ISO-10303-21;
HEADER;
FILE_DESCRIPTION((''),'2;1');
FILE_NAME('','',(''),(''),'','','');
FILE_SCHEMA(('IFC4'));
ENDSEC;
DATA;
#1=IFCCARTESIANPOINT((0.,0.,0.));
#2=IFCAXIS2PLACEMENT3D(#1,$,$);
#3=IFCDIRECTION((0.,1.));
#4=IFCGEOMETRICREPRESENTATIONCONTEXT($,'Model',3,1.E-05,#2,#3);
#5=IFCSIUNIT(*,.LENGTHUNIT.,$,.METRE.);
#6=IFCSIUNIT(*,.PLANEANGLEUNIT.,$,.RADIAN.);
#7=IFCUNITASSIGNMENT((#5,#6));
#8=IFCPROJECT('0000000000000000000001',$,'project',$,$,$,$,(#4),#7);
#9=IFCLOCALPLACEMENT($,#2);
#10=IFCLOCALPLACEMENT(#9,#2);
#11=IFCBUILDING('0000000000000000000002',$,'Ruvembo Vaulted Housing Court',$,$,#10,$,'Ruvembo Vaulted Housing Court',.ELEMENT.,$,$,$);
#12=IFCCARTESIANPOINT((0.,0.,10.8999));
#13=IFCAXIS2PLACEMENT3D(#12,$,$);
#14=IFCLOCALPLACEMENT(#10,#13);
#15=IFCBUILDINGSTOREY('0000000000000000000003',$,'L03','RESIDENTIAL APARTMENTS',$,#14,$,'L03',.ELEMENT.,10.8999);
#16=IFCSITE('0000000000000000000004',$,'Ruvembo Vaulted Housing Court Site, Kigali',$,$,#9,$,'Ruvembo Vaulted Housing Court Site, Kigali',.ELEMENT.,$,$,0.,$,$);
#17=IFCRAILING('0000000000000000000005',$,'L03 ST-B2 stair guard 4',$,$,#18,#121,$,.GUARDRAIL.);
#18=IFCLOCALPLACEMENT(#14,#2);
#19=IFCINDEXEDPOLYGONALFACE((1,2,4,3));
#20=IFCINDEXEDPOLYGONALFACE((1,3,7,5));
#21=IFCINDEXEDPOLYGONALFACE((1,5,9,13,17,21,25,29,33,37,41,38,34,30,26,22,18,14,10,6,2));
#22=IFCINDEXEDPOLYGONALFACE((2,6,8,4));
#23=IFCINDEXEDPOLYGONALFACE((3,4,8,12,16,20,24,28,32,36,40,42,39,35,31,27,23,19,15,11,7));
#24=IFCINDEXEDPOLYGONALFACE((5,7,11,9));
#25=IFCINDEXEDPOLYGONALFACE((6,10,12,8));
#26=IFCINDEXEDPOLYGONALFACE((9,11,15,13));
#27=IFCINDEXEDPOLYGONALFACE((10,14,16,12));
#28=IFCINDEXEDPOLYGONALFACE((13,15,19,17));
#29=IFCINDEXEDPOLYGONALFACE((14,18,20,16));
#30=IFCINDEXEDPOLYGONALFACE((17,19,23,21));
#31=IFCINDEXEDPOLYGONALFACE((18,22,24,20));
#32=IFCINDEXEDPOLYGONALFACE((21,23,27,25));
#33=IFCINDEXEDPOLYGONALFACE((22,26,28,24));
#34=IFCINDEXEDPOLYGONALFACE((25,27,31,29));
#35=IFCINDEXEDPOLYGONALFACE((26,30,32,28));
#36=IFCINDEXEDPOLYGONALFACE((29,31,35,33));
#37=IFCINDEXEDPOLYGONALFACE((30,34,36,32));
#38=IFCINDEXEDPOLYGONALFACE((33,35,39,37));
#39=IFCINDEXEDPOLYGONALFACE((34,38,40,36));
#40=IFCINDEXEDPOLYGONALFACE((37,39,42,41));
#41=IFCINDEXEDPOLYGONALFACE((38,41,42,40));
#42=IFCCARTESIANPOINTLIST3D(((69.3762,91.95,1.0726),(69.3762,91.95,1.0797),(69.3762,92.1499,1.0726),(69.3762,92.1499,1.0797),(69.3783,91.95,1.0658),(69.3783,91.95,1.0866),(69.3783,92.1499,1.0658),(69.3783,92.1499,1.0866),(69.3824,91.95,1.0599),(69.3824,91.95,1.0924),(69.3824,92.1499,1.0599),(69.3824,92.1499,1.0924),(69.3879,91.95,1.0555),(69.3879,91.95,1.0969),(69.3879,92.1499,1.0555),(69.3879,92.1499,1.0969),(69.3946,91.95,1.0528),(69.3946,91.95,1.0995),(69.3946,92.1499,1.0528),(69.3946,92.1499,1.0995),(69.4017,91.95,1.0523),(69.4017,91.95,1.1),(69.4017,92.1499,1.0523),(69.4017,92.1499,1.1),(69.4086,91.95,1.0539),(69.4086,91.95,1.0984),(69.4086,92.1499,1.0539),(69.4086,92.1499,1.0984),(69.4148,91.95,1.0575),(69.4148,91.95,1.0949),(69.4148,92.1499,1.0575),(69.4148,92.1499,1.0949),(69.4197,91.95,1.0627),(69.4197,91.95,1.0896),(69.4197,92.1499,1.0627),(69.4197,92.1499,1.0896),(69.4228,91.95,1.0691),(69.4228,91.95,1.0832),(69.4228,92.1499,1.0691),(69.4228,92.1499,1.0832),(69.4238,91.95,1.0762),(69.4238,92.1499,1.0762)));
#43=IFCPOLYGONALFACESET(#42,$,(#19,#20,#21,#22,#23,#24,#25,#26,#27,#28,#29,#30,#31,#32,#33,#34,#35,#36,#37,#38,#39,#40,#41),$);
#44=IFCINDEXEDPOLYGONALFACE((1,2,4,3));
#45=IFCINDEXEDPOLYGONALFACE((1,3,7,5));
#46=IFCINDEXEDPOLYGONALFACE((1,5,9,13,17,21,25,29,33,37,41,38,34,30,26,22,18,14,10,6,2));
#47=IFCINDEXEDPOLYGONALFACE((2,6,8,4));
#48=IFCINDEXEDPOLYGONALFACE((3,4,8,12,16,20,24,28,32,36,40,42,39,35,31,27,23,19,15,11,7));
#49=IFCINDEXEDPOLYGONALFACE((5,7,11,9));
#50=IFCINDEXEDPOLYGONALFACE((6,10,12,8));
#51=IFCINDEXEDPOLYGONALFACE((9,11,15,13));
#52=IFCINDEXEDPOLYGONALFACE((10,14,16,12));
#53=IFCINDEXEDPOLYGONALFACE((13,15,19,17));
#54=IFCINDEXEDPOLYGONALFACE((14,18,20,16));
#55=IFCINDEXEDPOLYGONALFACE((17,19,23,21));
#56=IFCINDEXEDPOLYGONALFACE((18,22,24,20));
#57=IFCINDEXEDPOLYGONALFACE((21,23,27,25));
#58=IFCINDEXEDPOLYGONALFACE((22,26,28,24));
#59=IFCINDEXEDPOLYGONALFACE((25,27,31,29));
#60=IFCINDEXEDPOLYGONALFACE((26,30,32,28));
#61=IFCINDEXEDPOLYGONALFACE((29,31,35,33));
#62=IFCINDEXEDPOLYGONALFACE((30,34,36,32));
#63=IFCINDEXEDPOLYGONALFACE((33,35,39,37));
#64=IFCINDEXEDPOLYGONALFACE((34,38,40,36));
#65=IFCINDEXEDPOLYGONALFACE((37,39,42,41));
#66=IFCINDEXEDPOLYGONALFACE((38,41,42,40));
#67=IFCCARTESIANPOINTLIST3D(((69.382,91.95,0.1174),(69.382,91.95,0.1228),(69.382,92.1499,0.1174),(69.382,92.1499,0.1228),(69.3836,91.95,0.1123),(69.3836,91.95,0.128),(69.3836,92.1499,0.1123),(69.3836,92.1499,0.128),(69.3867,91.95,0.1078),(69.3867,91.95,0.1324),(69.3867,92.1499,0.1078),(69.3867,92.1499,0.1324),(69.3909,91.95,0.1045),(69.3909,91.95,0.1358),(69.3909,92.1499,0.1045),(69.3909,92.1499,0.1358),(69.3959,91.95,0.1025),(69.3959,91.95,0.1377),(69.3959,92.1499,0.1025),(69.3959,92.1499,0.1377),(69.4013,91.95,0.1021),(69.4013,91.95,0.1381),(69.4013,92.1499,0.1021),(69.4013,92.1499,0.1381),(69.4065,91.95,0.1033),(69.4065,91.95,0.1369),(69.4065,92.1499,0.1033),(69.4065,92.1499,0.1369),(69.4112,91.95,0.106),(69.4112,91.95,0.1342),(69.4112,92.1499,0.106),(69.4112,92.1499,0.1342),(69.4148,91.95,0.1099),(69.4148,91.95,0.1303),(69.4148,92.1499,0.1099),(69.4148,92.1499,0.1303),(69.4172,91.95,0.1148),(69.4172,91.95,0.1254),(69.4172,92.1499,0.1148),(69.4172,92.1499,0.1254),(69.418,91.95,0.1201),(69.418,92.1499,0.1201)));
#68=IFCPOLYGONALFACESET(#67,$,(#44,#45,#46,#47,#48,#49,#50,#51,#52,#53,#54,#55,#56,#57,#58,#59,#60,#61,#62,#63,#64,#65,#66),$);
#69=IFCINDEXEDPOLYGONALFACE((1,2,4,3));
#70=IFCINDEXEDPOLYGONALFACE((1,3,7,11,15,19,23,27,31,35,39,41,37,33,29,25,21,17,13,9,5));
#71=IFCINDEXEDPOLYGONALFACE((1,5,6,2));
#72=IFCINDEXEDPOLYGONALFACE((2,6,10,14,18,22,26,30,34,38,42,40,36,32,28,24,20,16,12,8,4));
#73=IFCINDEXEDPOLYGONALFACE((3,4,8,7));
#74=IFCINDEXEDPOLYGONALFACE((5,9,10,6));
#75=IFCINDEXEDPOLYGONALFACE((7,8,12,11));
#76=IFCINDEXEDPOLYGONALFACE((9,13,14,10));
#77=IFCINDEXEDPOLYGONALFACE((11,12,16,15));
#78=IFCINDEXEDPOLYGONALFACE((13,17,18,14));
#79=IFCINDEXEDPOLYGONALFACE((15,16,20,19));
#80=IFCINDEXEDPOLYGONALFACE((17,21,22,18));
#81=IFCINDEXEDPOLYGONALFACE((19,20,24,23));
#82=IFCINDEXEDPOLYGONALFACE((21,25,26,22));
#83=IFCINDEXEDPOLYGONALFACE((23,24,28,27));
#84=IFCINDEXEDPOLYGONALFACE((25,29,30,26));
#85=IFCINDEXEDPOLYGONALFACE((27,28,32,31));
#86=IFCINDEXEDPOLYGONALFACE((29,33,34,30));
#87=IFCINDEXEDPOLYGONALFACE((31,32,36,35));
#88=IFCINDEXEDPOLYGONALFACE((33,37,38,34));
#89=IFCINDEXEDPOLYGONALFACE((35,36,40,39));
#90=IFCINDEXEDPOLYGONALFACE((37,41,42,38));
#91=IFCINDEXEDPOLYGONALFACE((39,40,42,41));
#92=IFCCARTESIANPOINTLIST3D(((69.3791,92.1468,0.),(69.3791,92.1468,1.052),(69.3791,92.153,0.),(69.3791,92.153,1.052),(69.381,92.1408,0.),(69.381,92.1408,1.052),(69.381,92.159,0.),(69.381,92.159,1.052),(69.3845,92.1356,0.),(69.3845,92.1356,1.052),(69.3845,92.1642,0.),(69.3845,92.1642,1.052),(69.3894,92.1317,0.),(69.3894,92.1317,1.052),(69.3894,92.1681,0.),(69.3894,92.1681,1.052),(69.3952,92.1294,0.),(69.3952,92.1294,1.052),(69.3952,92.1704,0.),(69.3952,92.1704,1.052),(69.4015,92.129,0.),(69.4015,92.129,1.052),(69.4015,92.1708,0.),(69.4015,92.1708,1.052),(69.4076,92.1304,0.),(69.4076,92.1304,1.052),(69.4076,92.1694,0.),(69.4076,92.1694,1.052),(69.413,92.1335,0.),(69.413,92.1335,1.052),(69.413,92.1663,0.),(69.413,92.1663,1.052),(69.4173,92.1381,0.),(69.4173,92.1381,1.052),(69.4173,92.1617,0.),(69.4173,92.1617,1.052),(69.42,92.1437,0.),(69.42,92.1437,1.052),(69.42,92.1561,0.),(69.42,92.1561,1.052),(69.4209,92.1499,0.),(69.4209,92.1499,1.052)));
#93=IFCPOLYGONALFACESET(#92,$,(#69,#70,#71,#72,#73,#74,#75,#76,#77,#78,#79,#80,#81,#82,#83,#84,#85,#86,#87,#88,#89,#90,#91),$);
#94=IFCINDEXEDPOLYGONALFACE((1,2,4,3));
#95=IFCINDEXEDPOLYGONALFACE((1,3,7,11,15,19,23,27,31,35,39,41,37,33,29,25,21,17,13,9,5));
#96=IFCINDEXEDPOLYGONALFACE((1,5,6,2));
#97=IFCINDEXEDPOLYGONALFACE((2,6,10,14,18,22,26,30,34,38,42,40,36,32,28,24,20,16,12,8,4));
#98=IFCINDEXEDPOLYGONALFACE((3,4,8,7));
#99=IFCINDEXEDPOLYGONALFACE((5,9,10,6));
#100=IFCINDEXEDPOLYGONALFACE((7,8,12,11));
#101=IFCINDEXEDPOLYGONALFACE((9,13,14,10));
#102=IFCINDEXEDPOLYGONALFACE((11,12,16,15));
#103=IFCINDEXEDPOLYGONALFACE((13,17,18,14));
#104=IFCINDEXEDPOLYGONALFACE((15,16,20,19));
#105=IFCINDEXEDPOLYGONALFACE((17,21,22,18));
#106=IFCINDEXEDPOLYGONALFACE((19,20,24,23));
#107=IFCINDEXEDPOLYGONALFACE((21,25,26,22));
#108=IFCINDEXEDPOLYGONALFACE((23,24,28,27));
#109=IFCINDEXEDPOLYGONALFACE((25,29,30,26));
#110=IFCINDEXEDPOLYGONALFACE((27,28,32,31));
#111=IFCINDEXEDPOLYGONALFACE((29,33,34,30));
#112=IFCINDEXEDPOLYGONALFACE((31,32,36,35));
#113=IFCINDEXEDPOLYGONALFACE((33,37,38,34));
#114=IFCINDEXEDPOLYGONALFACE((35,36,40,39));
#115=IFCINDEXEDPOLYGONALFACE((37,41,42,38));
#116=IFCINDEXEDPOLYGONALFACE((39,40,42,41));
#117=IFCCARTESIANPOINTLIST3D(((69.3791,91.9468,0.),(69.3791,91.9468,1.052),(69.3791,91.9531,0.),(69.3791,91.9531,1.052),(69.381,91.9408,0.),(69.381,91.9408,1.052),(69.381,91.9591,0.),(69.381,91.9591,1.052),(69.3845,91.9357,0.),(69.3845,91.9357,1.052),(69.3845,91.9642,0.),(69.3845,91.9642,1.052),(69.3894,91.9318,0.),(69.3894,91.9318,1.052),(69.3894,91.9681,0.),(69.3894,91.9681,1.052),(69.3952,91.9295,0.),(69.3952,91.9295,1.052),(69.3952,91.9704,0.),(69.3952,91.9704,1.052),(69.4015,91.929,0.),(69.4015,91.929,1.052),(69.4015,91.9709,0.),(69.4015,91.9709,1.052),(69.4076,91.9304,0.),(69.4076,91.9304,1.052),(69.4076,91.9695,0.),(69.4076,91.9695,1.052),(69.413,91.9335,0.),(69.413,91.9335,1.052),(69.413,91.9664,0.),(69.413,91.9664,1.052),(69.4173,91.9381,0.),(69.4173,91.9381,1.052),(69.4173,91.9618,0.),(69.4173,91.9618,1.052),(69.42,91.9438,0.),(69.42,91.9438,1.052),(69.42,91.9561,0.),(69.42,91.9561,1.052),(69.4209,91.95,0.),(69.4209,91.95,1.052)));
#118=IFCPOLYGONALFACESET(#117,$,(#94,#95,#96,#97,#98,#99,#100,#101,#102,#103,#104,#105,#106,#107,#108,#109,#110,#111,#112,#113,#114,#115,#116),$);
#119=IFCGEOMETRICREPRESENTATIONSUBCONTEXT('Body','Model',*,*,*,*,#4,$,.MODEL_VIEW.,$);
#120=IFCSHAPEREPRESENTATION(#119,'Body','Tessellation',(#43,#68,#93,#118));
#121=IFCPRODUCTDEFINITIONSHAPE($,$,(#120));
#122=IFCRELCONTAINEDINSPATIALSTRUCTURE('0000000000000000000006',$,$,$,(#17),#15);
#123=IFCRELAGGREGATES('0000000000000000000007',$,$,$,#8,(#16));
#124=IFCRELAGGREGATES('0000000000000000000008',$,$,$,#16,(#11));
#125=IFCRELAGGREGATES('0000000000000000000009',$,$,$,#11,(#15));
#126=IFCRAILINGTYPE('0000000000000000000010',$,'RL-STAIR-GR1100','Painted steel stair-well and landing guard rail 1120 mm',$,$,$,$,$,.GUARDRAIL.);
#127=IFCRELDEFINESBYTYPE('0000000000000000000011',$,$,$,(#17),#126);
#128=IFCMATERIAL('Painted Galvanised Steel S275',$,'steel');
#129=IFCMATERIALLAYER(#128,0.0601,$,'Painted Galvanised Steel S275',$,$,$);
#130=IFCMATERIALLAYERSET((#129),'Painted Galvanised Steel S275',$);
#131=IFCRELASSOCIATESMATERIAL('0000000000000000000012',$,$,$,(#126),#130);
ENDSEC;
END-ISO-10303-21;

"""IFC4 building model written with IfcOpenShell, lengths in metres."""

from ifc_helpers import new_model, si_unit, direction, frame, origin, origin_2d, place, context, subcontext, project, spatial, circle, extrude, material, layer, layer_set, type_object, element, save


model = new_model("IFC4")

# Units and contexts
model_context = context("Model", 3, precision=1e-05, world=origin(), true_north=direction((0.0, 1.0)))
body_context = subcontext(model_context, "Body", "Model", "MODEL_VIEW")
ifc_project = project(units=[si_unit("LENGTHUNIT", "METRE"), si_unit("PLANEANGLEUNIT", "RADIAN")], contexts=[model_context])

# Site, building, storey
site_placement = place(None, origin())
site = spatial("IfcSite", under=ifc_project, at=site_placement, Name="Ruvembo Vaulted Housing Court Site, Kigali", LongName="Ruvembo Vaulted Housing Court Site, Kigali", CompositionType="ELEMENT", RefElevation=0.0)
building_placement = place(site_placement, origin())
building = spatial("IfcBuilding", under=site, at=building_placement, Name="Ruvembo Vaulted Housing Court", LongName="Ruvembo Vaulted Housing Court", CompositionType="ELEMENT")
storey_placement = place(building_placement, frame((0.0, 0.0, 10.8999)))
storey = spatial("IfcBuildingStorey", under=building, at=storey_placement, Name="L03", Description="RESIDENTIAL APARTMENTS", LongName="L03", CompositionType="ELEMENT", Elevation=10.8999)

# Railing
ifc_material_1 = material(Name="Painted Galvanised Steel S275", Category="steel")
ifc_layer_1 = layer(ifc_material_1, 0.0601, Name="Painted Galvanised Steel S275")
ifc_layer_set_1 = layer_set([ifc_layer_1], Name="Painted Galvanised Steel S275")
railing_type_1 = type_object("IfcRailingType", Name="RL-STAIR-GR1100", Description="Painted steel stair-well and landing guard rail 1120 mm", PredefinedType="GUARDRAIL", material=ifc_layer_set_1)
railing_1_placement = place(storey_placement, frame((69.3999, 92.1499, 0.0)))
element("IfcRailing", 1, at=railing_1_placement, inside=storey, type_object=railing_type_1, Name="L03 ST-B2 stair guard 4", PredefinedType="GUARDRAIL", context=body_context, shape_type="SweptSolid", body=[
    extrude(circle(Radius=0.0239, at=origin_2d()), frame((0.0, 0.0, 1.0762), z_axis=(0.0, -1.0, 0.0), x_axis=(1.0, 0.0, 0.0)), (0.0, 0.0, 1.0), 0.2),
    extrude(circle(Radius=0.0181, at=origin_2d()), frame((0.0, 0.0, 0.1201), z_axis=(0.0, -1.0, 0.0), x_axis=(1.0, 0.0, 0.0)), (0.0, 0.0, 1.0), 0.2),
    extrude(circle(Radius=0.021, at=origin_2d()), origin(), (0.0, 0.0, 1.0), 1.052),
    extrude(circle(Radius=0.021, at=origin_2d()), frame((0.0, -0.2, 0.0)), (0.0, 0.0, 1.0), 1.052),
])

save(model, "model.ifc")
